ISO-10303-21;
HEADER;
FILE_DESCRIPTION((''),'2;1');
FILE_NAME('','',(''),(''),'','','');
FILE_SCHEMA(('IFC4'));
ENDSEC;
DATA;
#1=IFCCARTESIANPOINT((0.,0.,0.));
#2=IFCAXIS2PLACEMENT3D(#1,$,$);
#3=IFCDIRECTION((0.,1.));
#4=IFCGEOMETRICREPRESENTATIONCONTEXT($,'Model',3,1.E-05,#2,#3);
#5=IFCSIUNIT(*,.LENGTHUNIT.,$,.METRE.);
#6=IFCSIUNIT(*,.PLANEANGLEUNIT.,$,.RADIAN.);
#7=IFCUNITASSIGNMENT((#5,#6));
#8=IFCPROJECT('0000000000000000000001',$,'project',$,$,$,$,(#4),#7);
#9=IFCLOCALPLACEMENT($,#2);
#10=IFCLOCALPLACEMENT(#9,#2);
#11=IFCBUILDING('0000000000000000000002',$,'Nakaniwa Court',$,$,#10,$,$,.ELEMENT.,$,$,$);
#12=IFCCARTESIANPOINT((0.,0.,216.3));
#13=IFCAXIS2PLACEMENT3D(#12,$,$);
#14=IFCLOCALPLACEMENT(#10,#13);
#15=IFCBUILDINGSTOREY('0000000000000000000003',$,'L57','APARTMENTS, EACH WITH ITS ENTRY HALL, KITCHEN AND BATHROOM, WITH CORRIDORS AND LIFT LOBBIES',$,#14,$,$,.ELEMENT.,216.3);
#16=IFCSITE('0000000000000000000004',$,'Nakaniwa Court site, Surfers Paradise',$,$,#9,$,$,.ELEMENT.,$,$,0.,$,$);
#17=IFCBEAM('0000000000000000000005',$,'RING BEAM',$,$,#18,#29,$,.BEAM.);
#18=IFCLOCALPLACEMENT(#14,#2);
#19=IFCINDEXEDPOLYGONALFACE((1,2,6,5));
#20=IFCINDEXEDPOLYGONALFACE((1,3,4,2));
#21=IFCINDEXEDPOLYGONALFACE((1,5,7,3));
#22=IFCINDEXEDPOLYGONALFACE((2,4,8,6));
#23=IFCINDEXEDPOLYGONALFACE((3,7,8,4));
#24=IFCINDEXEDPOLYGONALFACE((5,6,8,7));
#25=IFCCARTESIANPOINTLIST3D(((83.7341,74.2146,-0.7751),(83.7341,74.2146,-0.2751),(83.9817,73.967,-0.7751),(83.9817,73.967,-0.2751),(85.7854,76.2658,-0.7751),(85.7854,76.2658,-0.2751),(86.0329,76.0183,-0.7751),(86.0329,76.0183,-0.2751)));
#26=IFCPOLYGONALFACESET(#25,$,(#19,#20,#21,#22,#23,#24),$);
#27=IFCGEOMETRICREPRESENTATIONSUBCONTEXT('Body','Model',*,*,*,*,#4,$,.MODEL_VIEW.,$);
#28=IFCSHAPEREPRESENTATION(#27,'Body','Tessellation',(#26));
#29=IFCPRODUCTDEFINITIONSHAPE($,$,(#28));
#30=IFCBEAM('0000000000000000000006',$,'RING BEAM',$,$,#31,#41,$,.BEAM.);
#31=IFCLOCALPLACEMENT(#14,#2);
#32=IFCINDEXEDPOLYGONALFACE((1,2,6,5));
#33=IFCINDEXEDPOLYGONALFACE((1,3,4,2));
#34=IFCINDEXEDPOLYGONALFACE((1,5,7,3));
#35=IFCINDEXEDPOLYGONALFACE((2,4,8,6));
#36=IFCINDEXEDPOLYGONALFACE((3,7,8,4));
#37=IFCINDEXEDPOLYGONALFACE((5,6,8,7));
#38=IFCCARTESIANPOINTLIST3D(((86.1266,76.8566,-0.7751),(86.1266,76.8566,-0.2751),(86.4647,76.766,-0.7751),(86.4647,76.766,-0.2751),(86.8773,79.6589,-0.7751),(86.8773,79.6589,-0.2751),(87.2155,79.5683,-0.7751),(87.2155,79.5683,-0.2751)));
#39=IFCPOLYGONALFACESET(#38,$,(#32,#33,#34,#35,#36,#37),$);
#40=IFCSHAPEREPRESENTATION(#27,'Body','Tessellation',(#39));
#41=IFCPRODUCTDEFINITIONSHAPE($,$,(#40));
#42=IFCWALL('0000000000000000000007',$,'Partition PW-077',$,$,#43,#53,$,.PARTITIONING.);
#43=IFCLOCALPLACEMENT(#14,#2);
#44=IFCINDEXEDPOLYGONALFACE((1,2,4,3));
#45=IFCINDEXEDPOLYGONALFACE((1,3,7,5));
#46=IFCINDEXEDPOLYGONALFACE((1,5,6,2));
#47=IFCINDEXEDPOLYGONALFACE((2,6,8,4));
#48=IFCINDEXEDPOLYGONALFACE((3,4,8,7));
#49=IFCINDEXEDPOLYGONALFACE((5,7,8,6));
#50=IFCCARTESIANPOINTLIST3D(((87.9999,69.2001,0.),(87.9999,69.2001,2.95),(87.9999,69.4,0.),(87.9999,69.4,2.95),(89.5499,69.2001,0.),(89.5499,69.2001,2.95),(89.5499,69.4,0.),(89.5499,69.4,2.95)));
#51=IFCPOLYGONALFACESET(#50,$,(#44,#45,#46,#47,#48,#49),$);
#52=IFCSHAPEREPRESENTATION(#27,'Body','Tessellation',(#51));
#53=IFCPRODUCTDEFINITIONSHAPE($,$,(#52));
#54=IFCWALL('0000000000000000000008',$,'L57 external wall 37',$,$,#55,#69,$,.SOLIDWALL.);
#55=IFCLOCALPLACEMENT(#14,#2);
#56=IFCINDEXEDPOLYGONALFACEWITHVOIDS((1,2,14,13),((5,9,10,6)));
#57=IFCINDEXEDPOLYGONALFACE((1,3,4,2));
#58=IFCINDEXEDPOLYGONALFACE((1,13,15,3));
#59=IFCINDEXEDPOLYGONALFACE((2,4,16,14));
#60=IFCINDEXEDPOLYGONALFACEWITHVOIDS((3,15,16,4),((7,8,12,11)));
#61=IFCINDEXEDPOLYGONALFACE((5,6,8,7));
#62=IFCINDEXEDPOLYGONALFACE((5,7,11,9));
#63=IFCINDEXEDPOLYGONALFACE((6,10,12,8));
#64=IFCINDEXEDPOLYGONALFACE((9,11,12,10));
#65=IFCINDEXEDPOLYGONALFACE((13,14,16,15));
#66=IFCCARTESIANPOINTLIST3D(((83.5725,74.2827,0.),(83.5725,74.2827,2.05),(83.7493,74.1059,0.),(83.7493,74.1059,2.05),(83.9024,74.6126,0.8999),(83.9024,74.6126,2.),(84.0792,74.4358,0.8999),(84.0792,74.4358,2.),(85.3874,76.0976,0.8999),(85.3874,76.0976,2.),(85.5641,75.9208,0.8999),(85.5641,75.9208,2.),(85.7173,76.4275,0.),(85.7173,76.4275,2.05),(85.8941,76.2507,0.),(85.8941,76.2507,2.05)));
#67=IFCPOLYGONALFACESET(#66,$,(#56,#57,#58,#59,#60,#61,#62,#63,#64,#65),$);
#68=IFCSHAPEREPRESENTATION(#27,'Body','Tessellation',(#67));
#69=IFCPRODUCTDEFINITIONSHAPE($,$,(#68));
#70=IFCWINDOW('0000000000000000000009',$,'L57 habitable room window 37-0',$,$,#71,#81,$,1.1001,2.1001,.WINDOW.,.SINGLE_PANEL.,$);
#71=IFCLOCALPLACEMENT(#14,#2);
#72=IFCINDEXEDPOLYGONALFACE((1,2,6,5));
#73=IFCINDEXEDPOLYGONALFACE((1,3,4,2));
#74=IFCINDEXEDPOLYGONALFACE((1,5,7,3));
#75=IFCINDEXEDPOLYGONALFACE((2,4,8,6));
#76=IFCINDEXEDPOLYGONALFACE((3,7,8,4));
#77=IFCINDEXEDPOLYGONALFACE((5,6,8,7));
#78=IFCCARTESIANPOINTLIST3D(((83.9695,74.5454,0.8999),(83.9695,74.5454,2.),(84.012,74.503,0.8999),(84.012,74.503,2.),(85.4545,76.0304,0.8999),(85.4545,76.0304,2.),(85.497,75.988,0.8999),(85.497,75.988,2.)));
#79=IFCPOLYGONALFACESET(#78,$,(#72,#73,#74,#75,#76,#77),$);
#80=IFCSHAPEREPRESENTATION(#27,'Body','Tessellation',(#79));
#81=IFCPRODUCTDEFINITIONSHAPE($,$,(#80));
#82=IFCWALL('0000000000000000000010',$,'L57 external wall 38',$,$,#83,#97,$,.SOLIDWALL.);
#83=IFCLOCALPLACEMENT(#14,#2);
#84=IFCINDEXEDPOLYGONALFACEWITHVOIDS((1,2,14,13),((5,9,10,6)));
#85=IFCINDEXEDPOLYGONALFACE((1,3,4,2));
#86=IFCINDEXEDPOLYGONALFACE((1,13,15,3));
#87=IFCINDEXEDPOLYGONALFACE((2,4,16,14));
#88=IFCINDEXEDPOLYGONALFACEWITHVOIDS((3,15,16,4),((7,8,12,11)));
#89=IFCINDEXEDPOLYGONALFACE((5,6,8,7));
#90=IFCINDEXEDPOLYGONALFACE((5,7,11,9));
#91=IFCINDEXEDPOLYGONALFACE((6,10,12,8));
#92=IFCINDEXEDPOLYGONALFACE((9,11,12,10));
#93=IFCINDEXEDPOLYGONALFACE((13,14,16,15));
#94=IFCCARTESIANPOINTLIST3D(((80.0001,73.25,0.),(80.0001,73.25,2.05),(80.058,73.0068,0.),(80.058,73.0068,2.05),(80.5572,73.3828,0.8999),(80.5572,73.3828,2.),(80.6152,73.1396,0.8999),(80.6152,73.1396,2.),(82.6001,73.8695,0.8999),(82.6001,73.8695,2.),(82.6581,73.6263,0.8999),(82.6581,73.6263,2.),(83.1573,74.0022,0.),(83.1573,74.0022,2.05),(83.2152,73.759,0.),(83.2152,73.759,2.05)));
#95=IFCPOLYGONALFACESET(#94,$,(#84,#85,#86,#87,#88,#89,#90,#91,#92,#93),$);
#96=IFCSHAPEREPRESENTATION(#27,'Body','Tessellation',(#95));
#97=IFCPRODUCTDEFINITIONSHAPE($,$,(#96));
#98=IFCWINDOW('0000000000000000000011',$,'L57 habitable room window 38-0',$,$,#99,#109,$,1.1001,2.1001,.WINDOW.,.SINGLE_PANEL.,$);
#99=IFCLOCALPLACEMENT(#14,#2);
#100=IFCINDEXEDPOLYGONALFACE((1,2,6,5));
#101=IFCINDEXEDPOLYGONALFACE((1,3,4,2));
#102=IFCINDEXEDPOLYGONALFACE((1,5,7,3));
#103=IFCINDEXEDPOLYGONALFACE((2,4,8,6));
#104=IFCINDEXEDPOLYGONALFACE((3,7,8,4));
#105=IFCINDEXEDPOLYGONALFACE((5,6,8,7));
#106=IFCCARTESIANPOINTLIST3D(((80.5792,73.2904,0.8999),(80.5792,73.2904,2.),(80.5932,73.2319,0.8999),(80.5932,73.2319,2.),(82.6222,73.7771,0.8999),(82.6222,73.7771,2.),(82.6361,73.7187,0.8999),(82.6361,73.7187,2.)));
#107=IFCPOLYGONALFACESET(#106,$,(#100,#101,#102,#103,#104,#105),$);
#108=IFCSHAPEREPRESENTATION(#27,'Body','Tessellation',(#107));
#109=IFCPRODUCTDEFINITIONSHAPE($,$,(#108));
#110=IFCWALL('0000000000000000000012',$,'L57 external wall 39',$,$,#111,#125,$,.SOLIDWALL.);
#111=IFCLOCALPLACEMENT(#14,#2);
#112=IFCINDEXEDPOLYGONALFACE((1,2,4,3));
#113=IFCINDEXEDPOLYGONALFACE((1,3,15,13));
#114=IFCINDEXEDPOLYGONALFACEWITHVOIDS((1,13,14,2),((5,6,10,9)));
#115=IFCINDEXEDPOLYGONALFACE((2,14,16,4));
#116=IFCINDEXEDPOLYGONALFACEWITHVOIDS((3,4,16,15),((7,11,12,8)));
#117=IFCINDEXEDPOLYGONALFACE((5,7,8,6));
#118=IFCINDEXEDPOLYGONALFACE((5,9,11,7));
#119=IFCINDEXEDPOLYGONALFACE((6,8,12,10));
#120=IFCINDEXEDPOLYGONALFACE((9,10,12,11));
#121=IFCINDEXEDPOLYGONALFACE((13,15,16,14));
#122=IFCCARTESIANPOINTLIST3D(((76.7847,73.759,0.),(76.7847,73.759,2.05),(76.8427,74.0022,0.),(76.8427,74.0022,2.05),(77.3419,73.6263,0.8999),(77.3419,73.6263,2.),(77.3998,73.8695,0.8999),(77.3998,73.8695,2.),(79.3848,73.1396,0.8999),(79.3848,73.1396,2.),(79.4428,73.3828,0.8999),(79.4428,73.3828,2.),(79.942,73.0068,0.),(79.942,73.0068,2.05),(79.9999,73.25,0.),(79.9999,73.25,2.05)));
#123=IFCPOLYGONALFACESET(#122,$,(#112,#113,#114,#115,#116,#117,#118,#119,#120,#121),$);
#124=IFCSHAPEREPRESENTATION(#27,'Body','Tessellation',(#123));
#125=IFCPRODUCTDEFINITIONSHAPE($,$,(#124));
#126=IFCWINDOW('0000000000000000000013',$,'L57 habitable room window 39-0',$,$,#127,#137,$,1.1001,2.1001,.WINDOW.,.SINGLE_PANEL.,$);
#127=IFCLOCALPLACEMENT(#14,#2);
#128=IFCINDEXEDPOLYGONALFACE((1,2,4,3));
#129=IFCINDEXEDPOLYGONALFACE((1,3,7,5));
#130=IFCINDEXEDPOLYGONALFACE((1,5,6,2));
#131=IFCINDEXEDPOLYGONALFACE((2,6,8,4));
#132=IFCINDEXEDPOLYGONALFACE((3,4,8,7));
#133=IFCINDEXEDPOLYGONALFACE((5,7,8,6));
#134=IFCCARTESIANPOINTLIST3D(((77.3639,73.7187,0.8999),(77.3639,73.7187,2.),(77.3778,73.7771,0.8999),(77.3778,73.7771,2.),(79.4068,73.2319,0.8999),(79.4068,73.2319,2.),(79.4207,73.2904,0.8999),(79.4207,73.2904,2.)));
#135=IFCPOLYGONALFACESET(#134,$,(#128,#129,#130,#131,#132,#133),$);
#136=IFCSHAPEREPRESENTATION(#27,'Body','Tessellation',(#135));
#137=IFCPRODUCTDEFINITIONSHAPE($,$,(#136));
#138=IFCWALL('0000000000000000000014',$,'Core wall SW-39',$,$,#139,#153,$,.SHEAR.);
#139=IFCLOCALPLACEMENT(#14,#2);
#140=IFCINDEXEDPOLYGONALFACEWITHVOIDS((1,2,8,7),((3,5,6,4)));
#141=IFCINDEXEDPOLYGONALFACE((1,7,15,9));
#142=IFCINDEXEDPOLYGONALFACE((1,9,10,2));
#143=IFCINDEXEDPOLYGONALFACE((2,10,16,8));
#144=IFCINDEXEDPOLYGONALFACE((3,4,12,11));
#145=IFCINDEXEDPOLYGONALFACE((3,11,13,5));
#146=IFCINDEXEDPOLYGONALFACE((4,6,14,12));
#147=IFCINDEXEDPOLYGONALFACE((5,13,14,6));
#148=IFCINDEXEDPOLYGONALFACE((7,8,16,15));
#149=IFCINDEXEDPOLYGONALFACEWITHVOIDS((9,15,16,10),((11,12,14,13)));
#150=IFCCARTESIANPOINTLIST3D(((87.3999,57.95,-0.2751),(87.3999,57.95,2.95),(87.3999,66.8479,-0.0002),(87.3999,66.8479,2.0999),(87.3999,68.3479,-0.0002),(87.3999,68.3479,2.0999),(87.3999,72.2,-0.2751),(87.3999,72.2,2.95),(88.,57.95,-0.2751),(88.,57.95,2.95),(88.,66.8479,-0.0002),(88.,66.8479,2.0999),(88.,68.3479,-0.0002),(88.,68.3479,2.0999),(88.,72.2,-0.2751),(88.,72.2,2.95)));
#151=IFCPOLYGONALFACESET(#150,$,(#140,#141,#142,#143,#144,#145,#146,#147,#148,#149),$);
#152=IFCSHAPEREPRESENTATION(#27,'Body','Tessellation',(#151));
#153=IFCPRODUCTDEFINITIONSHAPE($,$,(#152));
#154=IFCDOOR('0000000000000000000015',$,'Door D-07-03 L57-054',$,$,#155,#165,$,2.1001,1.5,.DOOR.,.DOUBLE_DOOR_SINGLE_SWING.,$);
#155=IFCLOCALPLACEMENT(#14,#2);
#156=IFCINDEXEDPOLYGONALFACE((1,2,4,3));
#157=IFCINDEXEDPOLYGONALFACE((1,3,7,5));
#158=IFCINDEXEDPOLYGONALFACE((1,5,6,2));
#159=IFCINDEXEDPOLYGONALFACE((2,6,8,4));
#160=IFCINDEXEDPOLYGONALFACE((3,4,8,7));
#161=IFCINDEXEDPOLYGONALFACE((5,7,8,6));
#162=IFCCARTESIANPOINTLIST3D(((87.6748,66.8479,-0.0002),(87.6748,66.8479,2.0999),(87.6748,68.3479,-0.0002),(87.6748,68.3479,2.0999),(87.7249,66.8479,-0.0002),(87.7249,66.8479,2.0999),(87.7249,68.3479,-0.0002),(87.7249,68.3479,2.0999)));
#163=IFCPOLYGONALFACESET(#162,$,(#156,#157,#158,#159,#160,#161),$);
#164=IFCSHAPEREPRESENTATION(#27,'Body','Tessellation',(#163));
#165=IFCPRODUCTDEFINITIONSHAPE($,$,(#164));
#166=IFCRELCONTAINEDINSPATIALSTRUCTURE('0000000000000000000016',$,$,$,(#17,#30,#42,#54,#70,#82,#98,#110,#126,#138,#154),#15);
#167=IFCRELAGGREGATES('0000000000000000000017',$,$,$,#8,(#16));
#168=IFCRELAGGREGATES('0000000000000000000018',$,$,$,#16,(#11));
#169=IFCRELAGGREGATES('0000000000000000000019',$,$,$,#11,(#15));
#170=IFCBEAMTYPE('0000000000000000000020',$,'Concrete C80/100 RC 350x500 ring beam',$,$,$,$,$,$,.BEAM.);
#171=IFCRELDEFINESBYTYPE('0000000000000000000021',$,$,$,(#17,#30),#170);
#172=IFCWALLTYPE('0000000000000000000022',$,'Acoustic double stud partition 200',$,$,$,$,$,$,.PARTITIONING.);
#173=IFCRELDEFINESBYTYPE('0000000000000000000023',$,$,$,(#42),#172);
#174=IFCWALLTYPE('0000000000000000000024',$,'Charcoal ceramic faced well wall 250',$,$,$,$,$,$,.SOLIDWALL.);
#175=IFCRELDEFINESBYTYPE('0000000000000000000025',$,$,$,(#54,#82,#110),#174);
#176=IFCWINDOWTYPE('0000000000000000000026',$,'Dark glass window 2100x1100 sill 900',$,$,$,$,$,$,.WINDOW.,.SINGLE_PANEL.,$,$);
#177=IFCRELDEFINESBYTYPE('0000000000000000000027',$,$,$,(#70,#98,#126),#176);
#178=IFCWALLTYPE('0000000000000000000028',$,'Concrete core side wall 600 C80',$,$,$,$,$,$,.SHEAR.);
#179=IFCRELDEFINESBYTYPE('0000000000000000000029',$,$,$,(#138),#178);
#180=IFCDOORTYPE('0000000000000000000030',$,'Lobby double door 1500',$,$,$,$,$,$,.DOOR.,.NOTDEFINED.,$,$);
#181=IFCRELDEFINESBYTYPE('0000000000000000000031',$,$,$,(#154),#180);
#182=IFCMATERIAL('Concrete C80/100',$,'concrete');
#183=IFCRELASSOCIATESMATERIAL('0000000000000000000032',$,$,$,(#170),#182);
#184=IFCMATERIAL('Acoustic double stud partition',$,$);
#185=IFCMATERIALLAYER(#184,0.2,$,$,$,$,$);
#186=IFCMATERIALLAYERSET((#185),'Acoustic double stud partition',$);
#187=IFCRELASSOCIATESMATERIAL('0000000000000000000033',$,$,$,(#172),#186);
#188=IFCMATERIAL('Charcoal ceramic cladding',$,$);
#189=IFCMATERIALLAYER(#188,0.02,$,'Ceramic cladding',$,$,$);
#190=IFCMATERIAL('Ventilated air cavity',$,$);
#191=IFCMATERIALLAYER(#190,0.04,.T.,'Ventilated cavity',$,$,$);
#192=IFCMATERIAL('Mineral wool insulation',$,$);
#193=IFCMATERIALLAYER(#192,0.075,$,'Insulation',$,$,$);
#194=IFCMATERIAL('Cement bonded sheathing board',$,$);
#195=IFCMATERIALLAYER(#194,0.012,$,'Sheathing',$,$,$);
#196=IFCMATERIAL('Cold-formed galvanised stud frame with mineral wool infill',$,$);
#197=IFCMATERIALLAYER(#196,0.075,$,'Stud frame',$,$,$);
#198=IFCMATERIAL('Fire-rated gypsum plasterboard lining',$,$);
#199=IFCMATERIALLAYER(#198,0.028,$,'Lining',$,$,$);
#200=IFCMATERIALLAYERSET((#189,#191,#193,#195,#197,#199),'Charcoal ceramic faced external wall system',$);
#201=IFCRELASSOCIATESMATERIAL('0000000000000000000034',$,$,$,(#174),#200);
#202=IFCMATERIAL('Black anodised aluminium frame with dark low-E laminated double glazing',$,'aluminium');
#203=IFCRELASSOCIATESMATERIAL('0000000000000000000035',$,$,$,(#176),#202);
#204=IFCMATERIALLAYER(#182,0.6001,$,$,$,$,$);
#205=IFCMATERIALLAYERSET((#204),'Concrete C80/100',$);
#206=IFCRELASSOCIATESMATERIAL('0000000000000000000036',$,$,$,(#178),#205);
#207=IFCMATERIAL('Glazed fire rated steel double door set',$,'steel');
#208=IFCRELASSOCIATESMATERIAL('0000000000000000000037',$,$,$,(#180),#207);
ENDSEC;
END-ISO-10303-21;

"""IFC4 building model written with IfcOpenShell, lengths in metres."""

from ifc_helpers import new_model, si_unit, direction, frame, frame_2d, origin, origin_2d, place, context, subcontext, project, spatial, rectangle, extrude, material, layer, layer_set, material_profile, profile_set, type_object, element, fill, save


model = new_model("IFC4")

# Units and contexts
model_context = context("Model", 3, precision=1e-05, world=origin(), true_north=direction((0.0, 1.0)))
body_context = subcontext(model_context, "Body", "Model", "MODEL_VIEW")
ifc_project = project(units=[si_unit("LENGTHUNIT", "METRE"), si_unit("PLANEANGLEUNIT", "RADIAN")], contexts=[model_context])

# Site, building, storey
site_placement = place(None, origin())
site = spatial("IfcSite", under=ifc_project, at=site_placement, Name="Nakaniwa Court site, Surfers Paradise", CompositionType="ELEMENT", RefElevation=0.0)
building_placement = place(site_placement, origin())
building = spatial("IfcBuilding", under=site, at=building_placement, Name="Nakaniwa Court", CompositionType="ELEMENT")
storey_placement = place(building_placement, frame((0.0, 0.0, 216.3)))
storey = spatial("IfcBuildingStorey", under=building, at=storey_placement, Name="L57", Description="APARTMENTS, EACH WITH ITS ENTRY HALL, KITCHEN AND BATHROOM, WITH CORRIDORS AND LIFT LOBBIES", CompositionType="ELEMENT", Elevation=216.3)

# Shared definitions
ifc_material_1 = material(Name="Concrete C80/100", Category="concrete")

# Beams
ifc_material_profile_1 = material_profile(ifc_material_1, rectangle(XDim=0.3501, YDim=0.5, at=origin_2d()), Name="Concrete C80/100 RC 350x500 ring beam")
ifc_profile_set_1 = profile_set([ifc_material_profile_1], Name="Concrete C80/100")
beam_type = type_object("IfcBeamType", Name="Concrete C80/100 RC 350x500 ring beam", PredefinedType="BEAM", material=ifc_profile_set_1)
beam_1_placement = place(storey_placement, frame((83.8579, 74.0908, -0.5251), z_axis=(0.707107, 0.707107, 0.0), x_axis=(-0.707107, 0.707107, 0.0)))
element("IfcBeam", 1, at=beam_1_placement, inside=storey, type_object=beam_type, Name="RING BEAM", PredefinedType="BEAM", context=body_context, shape_type="SweptSolid", body=[
    extrude(rectangle(XDim=0.3501, YDim=0.5, at=origin_2d()), origin(), (0.0, 0.0, 1.0), 2.9009),
])
beam_2_placement = place(storey_placement, frame((86.2957, 76.8113, -0.5251), z_axis=(0.258778, 0.965937, 0.0), x_axis=(-0.965937, 0.258778, 0.0)))
element("IfcBeam", 2, at=beam_2_placement, inside=storey, type_object=beam_type, Name="RING BEAM", PredefinedType="BEAM", context=body_context, shape_type="SweptSolid", body=[
    extrude(rectangle(XDim=0.3501, YDim=0.5, at=origin_2d()), origin(), (0.0, 0.0, 1.0), 2.9011),
])

# Wall
ifc_material_2 = material(Name="Acoustic double stud partition")
ifc_layer_1 = layer(ifc_material_2, 0.2)
ifc_layer_set_1 = layer_set([ifc_layer_1], Name="Acoustic double stud partition")
wall_type_1 = type_object("IfcWallType", Name="Acoustic double stud partition 200", PredefinedType="PARTITIONING", material=ifc_layer_set_1)
wall_1_placement = place(storey_placement, frame((88.0, 69.3, 0.0), z_axis=(0.0, 0.0, 1.0), x_axis=(1.0, 0.0, 0.0)))
element("IfcWall", 3, at=wall_1_placement, inside=storey, type_object=wall_type_1, Name="Partition PW-077", PredefinedType="PARTITIONING", context=body_context, shape_type="SweptSolid", body=[
    extrude(rectangle(XDim=1.55, YDim=0.2, at=frame_2d((0.7749, 0.0))), origin(), (0.0, 0.0, 1.0), 2.95),
])

# Walls, openings, windows
ifc_material_3 = material(Name="Charcoal ceramic cladding")
ifc_layer_2 = layer(ifc_material_3, 0.02, Name="Ceramic cladding")
ifc_material_4 = material(Name="Ventilated air cavity")
ifc_layer_3 = layer(ifc_material_4, 0.04, ventilated=True, Name="Ventilated cavity")
ifc_material_5 = material(Name="Mineral wool insulation")
ifc_layer_4 = layer(ifc_material_5, 0.075, Name="Insulation")
ifc_material_6 = material(Name="Cement bonded sheathing board")
ifc_layer_5 = layer(ifc_material_6, 0.012, Name="Sheathing")
ifc_material_7 = material(Name="Cold-formed galvanised stud frame with mineral wool infill")
ifc_layer_6 = layer(ifc_material_7, 0.075, Name="Stud frame")
ifc_material_8 = material(Name="Fire-rated gypsum plasterboard lining")
ifc_layer_7 = layer(ifc_material_8, 0.028, Name="Lining")
ifc_layer_set_2 = layer_set([ifc_layer_2, ifc_layer_3, ifc_layer_4, ifc_layer_5, ifc_layer_6, ifc_layer_7], Name="Charcoal ceramic faced external wall system")
wall_type_2 = type_object("IfcWallType", Name="Charcoal ceramic faced well wall 250", PredefinedType="SOLIDWALL", material=ifc_layer_set_2)
wall_2_placement = place(storey_placement, frame((85.8057, 76.3391, 0.0), z_axis=(0.0, 0.0, 1.0), x_axis=(-0.707107, -0.707107, 0.0)))
wall_2 = element("IfcWall", 4, at=wall_2_placement, inside=storey, type_object=wall_type_2, Name="L57 external wall 37", PredefinedType="SOLIDWALL", context=body_context, shape_type="SweptSolid", body=[
    extrude(rectangle(XDim=3.0332, YDim=0.25, at=frame_2d((1.5166, 0.0))), origin(), (0.0, 0.0, 1.0), 2.05),
])
opening_1_placement = place(wall_2_placement, frame((0.4666, 0.0, 0.8999)))
opening_1 = element("IfcOpeningElement", 5, at=opening_1_placement, cuts=wall_2, PredefinedType="OPENING", context=body_context, shape_type="SweptSolid", body=[
    extrude(rectangle(XDim=2.1001, YDim=1.1001, at=frame_2d((1.05, 0.55))), frame((0.0, 0.135, 0.0), z_axis=(0.0, -1.0, 0.0), x_axis=(1.0, 0.0, 0.0)), (0.0, 0.0, 1.0), 0.27),
])
ifc_material_9 = material(Name="Black anodised aluminium frame with dark low-E laminated double glazing", Category="aluminium")
window_type = type_object("IfcWindowType", Name="Dark glass window 2100x1100 sill 900", PartitioningType="SINGLE_PANEL", PredefinedType="WINDOW", material=ifc_material_9)
window_1_placement = place(opening_1_placement, origin())
window_1 = element("IfcWindow", 6, at=window_1_placement, inside=storey, type_object=window_type, Name="L57 habitable room window 37-0", OverallHeight=1.1001, OverallWidth=2.1001, PartitioningType="SINGLE_PANEL", PredefinedType="WINDOW", context=body_context, shape_type="SweptSolid", body=[
    extrude(rectangle(XDim=2.1001, YDim=1.1001, at=frame_2d((1.05, 0.55))), frame((0.0, 0.03, 0.0), z_axis=(0.0, -1.0, 0.0), x_axis=(1.0, 0.0, 0.0)), (0.0, 0.0, 1.0), 0.0601),
])
fill(opening_1, window_1)
wall_3_placement = place(storey_placement, frame((83.1863, 73.8806, 0.0), z_axis=(0.0, 0.0, 1.0), x_axis=(-0.972773, -0.23176, 0.0)))
wall_3 = element("IfcWall", 7, at=wall_3_placement, inside=storey, type_object=wall_type_2, Name="L57 external wall 38", PredefinedType="SOLIDWALL", context=body_context, shape_type="SweptSolid", body=[
    extrude(rectangle(XDim=3.2456, YDim=0.25, at=frame_2d((1.6228, 0.0))), origin(), (0.0, 0.0, 1.0), 2.05),
])
opening_2_placement = place(wall_3_placement, frame((0.5728, 0.0, 0.8999)))
opening_2 = element("IfcOpeningElement", 8, at=opening_2_placement, cuts=wall_3, PredefinedType="OPENING", context=body_context, shape_type="SweptSolid", body=[
    extrude(rectangle(XDim=2.1001, YDim=1.1001, at=frame_2d((1.05, 0.55))), frame((0.0, 0.135, 0.0), z_axis=(0.0, -1.0, 0.0), x_axis=(1.0, 0.0, 0.0)), (0.0, 0.0, 1.0), 0.27),
])
window_2_placement = place(opening_2_placement, origin())
window_2 = element("IfcWindow", 9, at=window_2_placement, inside=storey, type_object=window_type, Name="L57 habitable room window 38-0", OverallHeight=1.1001, OverallWidth=2.1001, PartitioningType="SINGLE_PANEL", PredefinedType="WINDOW", context=body_context, shape_type="SweptSolid", body=[
    extrude(rectangle(XDim=2.1001, YDim=1.1001, at=frame_2d((1.05, 0.55))), frame((0.0, 0.03, 0.0), z_axis=(0.0, -1.0, 0.0), x_axis=(1.0, 0.0, 0.0)), (0.0, 0.0, 1.0), 0.0601),
])
fill(opening_2, window_2)
wall_4_placement = place(storey_placement, frame((79.9709, 73.1284, 0.0), z_axis=(0.0, 0.0, 1.0), x_axis=(-0.972773, 0.23176, 0.0)))
wall_4 = element("IfcWall", 10, at=wall_4_placement, inside=storey, type_object=wall_type_2, Name="L57 external wall 39", PredefinedType="SOLIDWALL", context=body_context, shape_type="SweptSolid", body=[
    extrude(rectangle(XDim=3.2456, YDim=0.25, at=frame_2d((1.6228, 0.0))), origin(), (0.0, 0.0, 1.0), 2.05),
])
opening_3_placement = place(wall_4_placement, frame((0.5728, 0.0, 0.8999)))
opening_3 = element("IfcOpeningElement", 11, at=opening_3_placement, cuts=wall_4, PredefinedType="OPENING", context=body_context, shape_type="SweptSolid", body=[
    extrude(rectangle(XDim=2.1001, YDim=1.1001, at=frame_2d((1.05, 0.55))), frame((0.0, 0.135, 0.0), z_axis=(0.0, -1.0, 0.0), x_axis=(1.0, 0.0, 0.0)), (0.0, 0.0, 1.0), 0.27),
])
window_3_placement = place(opening_3_placement, origin())
window_3 = element("IfcWindow", 12, at=window_3_placement, inside=storey, type_object=window_type, Name="L57 habitable room window 39-0", OverallHeight=1.1001, OverallWidth=2.1001, PartitioningType="SINGLE_PANEL", PredefinedType="WINDOW", context=body_context, shape_type="SweptSolid", body=[
    extrude(rectangle(XDim=2.1001, YDim=1.1001, at=frame_2d((1.05, 0.55))), frame((0.0, 0.03, 0.0), z_axis=(0.0, -1.0, 0.0), x_axis=(1.0, 0.0, 0.0)), (0.0, 0.0, 1.0), 0.0601),
])
fill(opening_3, window_3)

# Wall, opening, door
ifc_layer_8 = layer(ifc_material_1, 0.6001)
ifc_layer_set_3 = layer_set([ifc_layer_8], Name="Concrete C80/100")
wall_type_3 = type_object("IfcWallType", Name="Concrete core side wall 600 C80", PredefinedType="SHEAR", material=ifc_layer_set_3)
wall_5_placement = place(storey_placement, frame((87.7, 72.2, -0.2751), z_axis=(0.0, 0.0, 1.0), x_axis=(0.0, -1.0, 0.0)))
wall_5 = element("IfcWall", 13, at=wall_5_placement, inside=storey, type_object=wall_type_3, Name="Core wall SW-39", PredefinedType="SHEAR", context=body_context, shape_type="SweptSolid", body=[
    extrude(rectangle(XDim=14.25, YDim=0.6001, at=frame_2d((7.125, 0.0))), origin(), (0.0, 0.0, 1.0), 3.2251),
])
opening_4_placement = place(wall_5_placement, frame((3.8521, 0.0, 0.2749)))
opening_4 = element("IfcOpeningElement", 14, at=opening_4_placement, cuts=wall_5, PredefinedType="OPENING", context=body_context, shape_type="SweptSolid", body=[
    extrude(rectangle(XDim=1.5, YDim=2.1001, at=frame_2d((0.75, 1.05))), frame((0.0, 0.3101, 0.0), z_axis=(0.0, -1.0, 0.0), x_axis=(1.0, 0.0, 0.0)), (0.0, 0.0, 1.0), 0.6201),
])
ifc_material_10 = material(Name="Glazed fire rated steel double door set", Category="steel")
door_type_1 = type_object("IfcDoorType", Name="Lobby double door 1500", OperationType="NOTDEFINED", PredefinedType="DOOR", material=ifc_material_10)
door_1_placement = place(opening_4_placement, origin())
door_1 = element("IfcDoor", 15, at=door_1_placement, inside=storey, type_object=door_type_1, Name="Door D-07-03 L57-054", OperationType="DOUBLE_DOOR_SINGLE_SWING", OverallHeight=2.1001, OverallWidth=1.5, PredefinedType="DOOR", context=body_context, shape_type="SweptSolid", body=[
    extrude(rectangle(XDim=1.5, YDim=2.1001, at=frame_2d((0.75, 1.05))), frame((0.0, 0.0249, 0.0), z_axis=(0.0, -1.0, 0.0), x_axis=(1.0, 0.0, 0.0)), (0.0, 0.0, 1.0), 0.05),
])
fill(opening_4, door_1)

save(model, "model.ifc")
